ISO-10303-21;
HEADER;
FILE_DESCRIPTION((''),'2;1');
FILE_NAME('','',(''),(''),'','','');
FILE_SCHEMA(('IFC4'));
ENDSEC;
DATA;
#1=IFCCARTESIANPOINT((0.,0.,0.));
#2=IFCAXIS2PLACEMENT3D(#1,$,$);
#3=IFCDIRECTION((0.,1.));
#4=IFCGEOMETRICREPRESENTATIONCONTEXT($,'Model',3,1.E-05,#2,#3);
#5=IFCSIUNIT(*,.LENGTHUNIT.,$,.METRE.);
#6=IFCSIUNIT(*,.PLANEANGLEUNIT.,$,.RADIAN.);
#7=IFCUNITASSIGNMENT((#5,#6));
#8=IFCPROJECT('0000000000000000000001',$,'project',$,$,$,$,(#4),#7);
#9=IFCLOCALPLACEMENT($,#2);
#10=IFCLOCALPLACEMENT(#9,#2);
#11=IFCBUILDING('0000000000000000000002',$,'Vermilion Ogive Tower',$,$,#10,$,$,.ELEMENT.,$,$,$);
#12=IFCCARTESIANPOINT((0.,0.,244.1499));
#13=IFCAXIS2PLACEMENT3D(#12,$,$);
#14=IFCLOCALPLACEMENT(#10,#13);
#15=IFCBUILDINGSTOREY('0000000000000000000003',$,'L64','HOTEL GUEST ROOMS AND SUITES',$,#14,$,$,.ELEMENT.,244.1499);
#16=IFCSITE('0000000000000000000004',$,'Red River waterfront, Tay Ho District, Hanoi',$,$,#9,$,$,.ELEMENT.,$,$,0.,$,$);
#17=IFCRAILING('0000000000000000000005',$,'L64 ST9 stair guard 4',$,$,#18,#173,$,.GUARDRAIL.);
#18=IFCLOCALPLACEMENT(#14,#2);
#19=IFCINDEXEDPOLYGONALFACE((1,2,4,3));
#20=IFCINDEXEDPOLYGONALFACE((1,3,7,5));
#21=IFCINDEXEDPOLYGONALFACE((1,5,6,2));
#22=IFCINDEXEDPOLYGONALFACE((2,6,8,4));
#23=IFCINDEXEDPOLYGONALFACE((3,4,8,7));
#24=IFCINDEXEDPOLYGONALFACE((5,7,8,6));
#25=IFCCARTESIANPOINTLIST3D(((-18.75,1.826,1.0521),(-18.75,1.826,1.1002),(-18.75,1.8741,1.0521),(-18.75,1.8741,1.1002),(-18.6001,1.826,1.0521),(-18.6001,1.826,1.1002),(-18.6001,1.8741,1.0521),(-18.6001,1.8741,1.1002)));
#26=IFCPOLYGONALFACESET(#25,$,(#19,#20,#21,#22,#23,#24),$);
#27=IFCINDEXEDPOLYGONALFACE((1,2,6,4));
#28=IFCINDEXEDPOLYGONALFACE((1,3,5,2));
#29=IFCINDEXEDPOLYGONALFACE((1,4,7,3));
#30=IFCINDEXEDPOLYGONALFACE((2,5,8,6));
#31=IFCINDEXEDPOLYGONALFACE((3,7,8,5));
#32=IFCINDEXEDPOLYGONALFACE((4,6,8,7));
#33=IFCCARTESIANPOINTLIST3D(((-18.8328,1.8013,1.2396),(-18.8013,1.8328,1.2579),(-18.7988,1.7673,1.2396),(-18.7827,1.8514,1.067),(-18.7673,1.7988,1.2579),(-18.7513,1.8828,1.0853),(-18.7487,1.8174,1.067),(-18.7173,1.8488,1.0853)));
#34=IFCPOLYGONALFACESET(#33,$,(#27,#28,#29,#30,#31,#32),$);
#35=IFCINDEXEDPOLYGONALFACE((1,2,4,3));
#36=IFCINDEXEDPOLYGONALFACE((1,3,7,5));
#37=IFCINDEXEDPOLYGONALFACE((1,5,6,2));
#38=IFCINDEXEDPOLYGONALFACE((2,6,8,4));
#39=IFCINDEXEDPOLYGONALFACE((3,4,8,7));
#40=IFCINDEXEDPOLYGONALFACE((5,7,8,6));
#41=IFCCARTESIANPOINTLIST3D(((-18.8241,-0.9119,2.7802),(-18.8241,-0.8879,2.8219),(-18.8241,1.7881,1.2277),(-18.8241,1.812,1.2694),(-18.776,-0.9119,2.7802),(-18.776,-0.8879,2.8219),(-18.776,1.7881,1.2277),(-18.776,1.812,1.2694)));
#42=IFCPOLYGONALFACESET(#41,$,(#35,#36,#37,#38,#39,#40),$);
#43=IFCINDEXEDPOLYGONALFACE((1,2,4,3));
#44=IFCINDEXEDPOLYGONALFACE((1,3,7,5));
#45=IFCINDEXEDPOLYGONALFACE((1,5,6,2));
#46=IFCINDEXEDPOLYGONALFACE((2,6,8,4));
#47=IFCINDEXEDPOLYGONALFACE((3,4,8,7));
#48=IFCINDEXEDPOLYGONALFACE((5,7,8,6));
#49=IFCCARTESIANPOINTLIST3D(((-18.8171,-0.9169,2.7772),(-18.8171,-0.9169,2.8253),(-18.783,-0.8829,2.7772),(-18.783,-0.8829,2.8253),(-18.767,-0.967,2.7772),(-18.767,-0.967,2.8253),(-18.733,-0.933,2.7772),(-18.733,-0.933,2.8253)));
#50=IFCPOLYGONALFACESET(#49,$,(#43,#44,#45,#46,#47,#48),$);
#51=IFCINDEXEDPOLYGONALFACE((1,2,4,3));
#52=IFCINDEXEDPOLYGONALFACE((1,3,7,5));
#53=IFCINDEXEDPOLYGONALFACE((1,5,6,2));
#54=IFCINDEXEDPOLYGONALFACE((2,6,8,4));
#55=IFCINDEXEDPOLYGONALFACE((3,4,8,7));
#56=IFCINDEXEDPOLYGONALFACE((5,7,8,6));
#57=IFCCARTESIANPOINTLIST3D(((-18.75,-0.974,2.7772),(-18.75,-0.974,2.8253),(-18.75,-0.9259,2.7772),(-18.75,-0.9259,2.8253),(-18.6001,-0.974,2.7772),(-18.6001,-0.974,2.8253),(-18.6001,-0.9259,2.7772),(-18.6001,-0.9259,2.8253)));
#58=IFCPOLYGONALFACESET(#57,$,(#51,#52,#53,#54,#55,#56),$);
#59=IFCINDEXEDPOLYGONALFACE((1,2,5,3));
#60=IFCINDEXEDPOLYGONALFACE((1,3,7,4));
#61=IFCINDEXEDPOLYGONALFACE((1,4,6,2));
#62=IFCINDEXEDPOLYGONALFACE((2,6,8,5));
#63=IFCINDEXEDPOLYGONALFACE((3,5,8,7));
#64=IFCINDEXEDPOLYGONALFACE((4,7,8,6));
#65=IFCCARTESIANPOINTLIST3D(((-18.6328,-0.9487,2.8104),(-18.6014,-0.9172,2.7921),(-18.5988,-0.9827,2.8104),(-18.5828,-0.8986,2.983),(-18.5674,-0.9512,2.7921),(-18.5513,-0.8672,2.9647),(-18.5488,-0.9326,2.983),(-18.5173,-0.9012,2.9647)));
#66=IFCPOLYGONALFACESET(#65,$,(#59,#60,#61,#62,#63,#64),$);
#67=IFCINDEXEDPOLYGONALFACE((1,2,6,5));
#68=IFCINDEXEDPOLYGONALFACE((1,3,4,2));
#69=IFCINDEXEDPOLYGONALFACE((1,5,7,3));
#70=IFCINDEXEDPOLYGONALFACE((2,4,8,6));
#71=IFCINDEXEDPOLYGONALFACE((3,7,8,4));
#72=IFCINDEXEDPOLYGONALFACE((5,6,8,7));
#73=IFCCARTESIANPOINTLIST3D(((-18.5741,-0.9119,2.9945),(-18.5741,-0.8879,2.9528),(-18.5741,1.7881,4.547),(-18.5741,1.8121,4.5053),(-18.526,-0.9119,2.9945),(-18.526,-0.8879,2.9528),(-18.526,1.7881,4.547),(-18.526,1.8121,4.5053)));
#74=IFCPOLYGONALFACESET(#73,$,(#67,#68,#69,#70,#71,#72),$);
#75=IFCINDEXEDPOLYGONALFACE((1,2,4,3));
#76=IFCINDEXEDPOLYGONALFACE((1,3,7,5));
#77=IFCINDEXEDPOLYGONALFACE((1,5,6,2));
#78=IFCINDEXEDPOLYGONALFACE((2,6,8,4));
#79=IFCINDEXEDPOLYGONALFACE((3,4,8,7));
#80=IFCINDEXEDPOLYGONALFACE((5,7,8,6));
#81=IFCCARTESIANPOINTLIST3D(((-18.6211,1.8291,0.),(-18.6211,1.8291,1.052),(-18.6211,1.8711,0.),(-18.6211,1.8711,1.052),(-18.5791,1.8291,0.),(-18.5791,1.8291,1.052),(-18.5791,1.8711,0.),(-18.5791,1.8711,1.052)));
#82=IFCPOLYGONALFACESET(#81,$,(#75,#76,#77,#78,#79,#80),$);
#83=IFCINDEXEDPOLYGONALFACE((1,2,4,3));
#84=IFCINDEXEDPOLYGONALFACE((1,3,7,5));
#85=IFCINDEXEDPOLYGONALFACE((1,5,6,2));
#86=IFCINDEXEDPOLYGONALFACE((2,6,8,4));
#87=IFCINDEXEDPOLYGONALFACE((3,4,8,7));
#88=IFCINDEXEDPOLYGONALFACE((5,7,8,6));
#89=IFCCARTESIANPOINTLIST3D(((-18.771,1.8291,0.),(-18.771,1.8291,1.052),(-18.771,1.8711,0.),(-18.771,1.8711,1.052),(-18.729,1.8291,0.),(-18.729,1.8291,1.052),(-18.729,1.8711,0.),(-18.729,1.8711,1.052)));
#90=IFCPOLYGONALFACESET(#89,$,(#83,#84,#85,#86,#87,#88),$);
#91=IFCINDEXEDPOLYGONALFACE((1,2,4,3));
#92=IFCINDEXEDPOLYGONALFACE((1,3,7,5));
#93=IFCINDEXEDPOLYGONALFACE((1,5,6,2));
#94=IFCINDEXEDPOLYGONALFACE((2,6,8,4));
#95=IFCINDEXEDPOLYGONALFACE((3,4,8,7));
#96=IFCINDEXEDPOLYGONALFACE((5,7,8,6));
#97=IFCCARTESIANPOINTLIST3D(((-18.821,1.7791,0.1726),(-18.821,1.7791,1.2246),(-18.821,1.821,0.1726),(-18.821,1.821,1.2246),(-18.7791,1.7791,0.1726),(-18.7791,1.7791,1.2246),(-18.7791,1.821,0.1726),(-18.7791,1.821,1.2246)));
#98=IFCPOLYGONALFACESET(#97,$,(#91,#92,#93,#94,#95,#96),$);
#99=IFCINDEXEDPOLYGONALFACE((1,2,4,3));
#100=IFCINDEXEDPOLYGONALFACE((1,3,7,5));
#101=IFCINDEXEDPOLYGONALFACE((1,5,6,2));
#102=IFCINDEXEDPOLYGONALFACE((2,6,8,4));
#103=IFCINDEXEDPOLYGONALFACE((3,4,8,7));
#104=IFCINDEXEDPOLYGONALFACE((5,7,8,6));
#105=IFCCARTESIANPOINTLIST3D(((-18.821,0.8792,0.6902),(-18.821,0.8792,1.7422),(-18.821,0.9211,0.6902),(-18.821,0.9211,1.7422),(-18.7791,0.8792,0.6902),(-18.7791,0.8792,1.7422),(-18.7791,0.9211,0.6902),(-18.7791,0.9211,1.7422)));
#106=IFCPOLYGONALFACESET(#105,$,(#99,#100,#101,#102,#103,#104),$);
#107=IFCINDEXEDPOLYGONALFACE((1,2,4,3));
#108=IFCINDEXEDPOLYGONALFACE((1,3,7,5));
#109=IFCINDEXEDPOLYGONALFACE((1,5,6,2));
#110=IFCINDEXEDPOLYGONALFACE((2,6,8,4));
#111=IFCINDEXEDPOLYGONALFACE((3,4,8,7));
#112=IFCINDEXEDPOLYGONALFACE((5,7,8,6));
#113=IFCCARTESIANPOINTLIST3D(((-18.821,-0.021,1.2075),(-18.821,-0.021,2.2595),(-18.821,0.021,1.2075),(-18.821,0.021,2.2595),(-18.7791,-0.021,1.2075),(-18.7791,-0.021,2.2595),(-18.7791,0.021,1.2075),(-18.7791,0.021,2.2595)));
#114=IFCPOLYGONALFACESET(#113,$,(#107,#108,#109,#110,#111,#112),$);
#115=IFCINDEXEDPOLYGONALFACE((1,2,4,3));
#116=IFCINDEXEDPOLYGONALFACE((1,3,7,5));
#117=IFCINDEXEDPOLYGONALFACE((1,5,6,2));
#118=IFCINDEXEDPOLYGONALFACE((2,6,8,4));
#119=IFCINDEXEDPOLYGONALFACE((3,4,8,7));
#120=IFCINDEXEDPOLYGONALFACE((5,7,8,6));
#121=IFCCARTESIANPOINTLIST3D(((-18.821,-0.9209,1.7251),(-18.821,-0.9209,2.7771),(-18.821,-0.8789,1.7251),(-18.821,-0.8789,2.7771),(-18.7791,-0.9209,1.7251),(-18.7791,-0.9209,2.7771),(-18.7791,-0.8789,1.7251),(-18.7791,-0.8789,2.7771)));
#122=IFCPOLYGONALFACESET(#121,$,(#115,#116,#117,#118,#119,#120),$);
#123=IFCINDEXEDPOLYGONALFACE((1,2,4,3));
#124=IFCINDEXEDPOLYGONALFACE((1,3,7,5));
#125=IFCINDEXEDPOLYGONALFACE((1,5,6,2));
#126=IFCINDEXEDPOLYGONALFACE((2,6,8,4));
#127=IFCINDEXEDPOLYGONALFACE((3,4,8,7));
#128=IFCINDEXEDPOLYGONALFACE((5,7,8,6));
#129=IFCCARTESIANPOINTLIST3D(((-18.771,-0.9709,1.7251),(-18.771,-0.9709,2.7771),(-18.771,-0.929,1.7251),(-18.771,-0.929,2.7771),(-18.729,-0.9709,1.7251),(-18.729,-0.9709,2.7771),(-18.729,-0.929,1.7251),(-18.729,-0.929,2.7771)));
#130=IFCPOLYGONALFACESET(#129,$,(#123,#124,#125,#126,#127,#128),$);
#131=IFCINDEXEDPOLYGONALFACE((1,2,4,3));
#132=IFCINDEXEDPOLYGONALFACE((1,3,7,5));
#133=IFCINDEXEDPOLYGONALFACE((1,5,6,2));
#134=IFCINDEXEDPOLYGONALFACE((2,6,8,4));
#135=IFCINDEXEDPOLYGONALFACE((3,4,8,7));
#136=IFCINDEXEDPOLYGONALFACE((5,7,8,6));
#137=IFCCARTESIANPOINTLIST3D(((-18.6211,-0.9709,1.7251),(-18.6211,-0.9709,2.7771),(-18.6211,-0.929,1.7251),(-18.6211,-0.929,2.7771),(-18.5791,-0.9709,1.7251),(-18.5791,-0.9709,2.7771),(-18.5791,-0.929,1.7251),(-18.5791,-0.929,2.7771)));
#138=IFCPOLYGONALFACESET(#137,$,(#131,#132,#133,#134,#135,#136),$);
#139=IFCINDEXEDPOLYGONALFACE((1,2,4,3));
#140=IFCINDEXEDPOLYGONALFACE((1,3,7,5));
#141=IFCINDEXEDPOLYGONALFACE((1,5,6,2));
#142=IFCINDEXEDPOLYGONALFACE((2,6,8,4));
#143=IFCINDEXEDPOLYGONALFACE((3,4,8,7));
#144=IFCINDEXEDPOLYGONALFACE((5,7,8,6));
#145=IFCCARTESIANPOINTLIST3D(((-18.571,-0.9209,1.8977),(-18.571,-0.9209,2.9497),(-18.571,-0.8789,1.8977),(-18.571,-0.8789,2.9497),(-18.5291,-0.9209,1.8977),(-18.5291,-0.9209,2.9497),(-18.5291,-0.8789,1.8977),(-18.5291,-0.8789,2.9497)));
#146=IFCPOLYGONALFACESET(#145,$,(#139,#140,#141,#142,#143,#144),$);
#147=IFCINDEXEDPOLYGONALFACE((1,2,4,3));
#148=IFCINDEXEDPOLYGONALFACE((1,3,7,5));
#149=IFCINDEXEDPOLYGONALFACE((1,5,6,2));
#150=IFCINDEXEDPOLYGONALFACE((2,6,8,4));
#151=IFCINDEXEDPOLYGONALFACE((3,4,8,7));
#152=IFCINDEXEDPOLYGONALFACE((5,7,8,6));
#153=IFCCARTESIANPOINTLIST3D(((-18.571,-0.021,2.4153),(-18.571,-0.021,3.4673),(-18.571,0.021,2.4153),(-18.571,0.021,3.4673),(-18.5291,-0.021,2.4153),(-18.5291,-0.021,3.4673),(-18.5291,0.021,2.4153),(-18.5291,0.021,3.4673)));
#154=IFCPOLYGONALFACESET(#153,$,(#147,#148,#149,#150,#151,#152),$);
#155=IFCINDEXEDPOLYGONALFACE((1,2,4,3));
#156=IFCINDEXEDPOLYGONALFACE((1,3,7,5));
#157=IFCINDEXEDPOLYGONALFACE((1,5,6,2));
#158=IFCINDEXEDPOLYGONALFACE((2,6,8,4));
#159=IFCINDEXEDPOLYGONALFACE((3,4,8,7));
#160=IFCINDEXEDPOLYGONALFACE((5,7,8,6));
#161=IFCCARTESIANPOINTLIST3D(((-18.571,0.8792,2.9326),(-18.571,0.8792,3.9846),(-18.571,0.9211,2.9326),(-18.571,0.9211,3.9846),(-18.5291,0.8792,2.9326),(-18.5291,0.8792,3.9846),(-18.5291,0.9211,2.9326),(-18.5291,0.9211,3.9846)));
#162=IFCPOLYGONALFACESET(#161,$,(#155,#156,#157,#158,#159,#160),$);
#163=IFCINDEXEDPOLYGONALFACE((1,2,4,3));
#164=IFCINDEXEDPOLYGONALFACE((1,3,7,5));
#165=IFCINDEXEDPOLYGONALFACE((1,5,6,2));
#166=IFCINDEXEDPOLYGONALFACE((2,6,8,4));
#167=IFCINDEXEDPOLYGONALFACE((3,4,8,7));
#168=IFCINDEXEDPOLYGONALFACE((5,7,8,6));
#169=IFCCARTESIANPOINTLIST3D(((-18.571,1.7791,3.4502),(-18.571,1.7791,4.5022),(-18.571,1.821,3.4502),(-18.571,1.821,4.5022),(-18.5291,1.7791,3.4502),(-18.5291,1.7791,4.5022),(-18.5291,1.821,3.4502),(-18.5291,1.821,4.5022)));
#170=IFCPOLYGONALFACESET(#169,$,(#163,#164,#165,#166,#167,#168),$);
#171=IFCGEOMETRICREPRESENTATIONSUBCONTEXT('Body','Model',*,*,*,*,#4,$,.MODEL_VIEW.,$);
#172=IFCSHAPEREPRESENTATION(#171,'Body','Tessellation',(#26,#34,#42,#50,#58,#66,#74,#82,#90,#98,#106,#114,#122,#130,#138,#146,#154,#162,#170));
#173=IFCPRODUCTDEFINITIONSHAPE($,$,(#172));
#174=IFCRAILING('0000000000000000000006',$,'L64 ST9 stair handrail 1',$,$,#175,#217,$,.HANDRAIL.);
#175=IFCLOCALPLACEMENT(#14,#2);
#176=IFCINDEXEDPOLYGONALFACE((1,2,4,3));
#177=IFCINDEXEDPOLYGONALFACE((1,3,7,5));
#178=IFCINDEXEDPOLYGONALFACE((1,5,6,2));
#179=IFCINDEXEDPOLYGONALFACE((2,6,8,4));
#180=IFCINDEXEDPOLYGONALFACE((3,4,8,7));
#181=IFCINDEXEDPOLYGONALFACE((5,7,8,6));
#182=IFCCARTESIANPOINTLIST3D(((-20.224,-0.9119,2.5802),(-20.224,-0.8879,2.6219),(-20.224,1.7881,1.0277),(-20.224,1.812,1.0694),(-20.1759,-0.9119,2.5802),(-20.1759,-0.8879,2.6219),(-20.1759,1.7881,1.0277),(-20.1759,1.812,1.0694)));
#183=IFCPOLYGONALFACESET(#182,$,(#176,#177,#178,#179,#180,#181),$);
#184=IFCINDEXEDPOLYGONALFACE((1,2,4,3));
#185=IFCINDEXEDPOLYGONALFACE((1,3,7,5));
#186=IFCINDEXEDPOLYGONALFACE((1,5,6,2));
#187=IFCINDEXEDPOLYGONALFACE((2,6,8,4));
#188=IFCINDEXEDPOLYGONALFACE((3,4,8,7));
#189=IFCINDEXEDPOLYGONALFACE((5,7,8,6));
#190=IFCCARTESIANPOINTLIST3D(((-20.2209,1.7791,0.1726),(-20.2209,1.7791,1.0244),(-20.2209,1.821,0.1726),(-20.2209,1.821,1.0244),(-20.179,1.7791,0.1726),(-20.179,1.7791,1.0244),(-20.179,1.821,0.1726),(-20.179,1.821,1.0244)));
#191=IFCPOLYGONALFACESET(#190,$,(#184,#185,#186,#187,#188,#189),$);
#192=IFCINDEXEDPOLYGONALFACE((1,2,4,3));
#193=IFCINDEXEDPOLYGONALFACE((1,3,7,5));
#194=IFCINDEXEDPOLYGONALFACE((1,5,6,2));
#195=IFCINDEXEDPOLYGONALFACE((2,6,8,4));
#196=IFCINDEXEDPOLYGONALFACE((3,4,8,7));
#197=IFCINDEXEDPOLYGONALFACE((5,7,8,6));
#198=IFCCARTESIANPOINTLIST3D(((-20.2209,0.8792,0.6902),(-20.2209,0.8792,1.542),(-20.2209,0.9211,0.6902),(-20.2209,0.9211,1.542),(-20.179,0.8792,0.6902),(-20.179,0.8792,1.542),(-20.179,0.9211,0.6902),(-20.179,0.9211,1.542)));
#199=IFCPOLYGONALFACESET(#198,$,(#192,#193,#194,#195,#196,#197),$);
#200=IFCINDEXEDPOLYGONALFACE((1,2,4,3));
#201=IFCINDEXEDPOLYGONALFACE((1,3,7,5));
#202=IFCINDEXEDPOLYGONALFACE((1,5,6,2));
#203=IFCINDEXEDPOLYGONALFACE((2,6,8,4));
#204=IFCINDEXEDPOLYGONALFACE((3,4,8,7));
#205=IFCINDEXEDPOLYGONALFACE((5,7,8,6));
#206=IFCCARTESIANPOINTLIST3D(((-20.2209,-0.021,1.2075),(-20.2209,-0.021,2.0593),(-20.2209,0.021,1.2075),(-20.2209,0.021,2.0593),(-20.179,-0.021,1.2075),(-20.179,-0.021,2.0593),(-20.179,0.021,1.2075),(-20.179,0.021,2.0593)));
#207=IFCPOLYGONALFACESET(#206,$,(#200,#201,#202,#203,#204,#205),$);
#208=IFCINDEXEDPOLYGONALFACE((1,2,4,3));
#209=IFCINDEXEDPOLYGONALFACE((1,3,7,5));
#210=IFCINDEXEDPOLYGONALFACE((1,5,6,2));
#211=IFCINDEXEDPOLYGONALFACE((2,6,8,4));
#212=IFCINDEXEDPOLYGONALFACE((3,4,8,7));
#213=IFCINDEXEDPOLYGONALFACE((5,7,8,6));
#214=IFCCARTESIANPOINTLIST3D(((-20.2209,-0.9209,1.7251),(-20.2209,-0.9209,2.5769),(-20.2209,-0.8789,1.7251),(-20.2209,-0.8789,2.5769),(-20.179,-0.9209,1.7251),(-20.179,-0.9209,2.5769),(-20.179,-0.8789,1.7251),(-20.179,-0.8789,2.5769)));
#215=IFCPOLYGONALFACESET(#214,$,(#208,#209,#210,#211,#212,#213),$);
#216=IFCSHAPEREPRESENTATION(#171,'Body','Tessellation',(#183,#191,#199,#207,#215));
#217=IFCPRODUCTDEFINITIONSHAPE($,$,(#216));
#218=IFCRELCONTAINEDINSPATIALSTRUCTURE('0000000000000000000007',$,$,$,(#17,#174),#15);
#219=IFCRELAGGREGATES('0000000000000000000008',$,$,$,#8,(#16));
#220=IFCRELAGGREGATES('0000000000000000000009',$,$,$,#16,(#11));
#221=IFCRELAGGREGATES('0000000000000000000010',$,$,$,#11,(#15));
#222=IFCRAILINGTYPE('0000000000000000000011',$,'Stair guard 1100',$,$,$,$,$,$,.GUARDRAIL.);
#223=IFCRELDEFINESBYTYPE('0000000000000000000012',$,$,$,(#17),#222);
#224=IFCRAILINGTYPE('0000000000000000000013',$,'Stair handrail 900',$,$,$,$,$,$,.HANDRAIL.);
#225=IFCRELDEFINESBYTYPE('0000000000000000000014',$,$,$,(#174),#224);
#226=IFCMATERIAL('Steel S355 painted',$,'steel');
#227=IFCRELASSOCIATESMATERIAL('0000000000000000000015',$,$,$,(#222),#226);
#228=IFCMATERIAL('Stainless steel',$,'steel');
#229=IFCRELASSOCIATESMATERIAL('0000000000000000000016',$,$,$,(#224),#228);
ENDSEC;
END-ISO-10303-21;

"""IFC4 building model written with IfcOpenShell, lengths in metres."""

from ifc_helpers import new_model, si_unit, direction, frame, origin, origin_2d, place, context, subcontext, project, spatial, rectangle, extrude, material, type_object, element, save


model = new_model("IFC4")

# Units and contexts
model_context = context("Model", 3, precision=1e-05, world=origin(), true_north=direction((0.0, 1.0)))
body_context = subcontext(model_context, "Body", "Model", "MODEL_VIEW")
ifc_project = project(units=[si_unit("LENGTHUNIT", "METRE"), si_unit("PLANEANGLEUNIT", "RADIAN")], contexts=[model_context])

# Site, building, storey
site_placement = place(None, origin())
site = spatial("IfcSite", under=ifc_project, at=site_placement, Name="Red River waterfront, Tay Ho District, Hanoi", CompositionType="ELEMENT", RefElevation=0.0)
building_placement = place(site_placement, origin())
building = spatial("IfcBuilding", under=site, at=building_placement, Name="Vermilion Ogive Tower", CompositionType="ELEMENT")
storey_placement = place(building_placement, frame((0.0, 0.0, 244.1499)))
storey = spatial("IfcBuildingStorey", under=building, at=storey_placement, Name="L64", Description="HOTEL GUEST ROOMS AND SUITES", CompositionType="ELEMENT", Elevation=244.1499)

# Railings
ifc_material_1 = material(Name="Steel S355 painted", Category="steel")
railing_type_1 = type_object("IfcRailingType", Name="Stair guard 1100", PredefinedType="GUARDRAIL", material=ifc_material_1)
railing_1_placement = place(storey_placement, frame((-18.6001, 1.8501, 0.0)))
element("IfcRailing", 1, at=railing_1_placement, inside=storey, type_object=railing_type_1, Name="L64 ST9 stair guard 4", PredefinedType="GUARDRAIL", context=body_context, shape_type="SweptSolid", body=[
    extrude(rectangle(XDim=0.0481, YDim=0.0481, at=origin_2d()), frame((0.0, 0.0, 1.0762), z_axis=(-1.0, 0.0, 0.0), x_axis=(0.0, -1.0, 0.0)), (0.0, 0.0, 1.0), 0.1499),
    extrude(rectangle(XDim=0.0481, YDim=0.0481, at=origin_2d()), frame((-0.1499, 0.0, 1.0762), z_axis=(-0.268278, -0.268278, 0.925232), x_axis=(0.707107, -0.707107, 0.0)), (0.0, 0.0, 1.0), 0.1865),
    extrude(rectangle(XDim=0.0481, YDim=0.0481, at=origin_2d()), frame((-0.2, -0.05, 1.2485), z_axis=(0.0, -0.866904, 0.498476), x_axis=(1.0, 0.0, 0.0)), (0.0, 0.0, 1.0), 3.1145),
    extrude(rectangle(XDim=0.0481, YDim=0.0481, at=origin_2d()), frame((-0.2, -2.75, 2.8013), z_axis=(0.707107, -0.707107, 0.0), x_axis=(0.707107, 0.707107, 0.0)), (0.0, 0.0, 1.0), 0.0708),
    extrude(rectangle(XDim=0.0481, YDim=0.0481, at=origin_2d()), frame((-0.1499, -2.8, 2.8013), z_axis=(1.0, 0.0, 0.0), x_axis=(0.0, 1.0, 0.0)), (0.0, 0.0, 1.0), 0.1499),
    extrude(rectangle(XDim=0.0481, YDim=0.0481, at=origin_2d()), frame((0.0, -2.8, 2.8013), z_axis=(0.268278, 0.268278, 0.925232), x_axis=(-0.707107, 0.707107, 0.0)), (0.0, 0.0, 1.0), 0.1865),
    extrude(rectangle(XDim=0.0481, YDim=0.0481, at=origin_2d()), frame((0.05, -2.75, 2.9736), z_axis=(0.0, 0.866904, 0.498476), x_axis=(-1.0, 0.0, 0.0)), (0.0, 0.0, 1.0), 3.1145),
    extrude(rectangle(XDim=0.042, YDim=0.042, at=origin_2d()), origin(), (0.0, 0.0, 1.0), 1.052),
    extrude(rectangle(XDim=0.042, YDim=0.042, at=origin_2d()), frame((-0.1499, 0.0, 0.0)), (0.0, 0.0, 1.0), 1.052),
    extrude(rectangle(XDim=0.042, YDim=0.042, at=origin_2d()), frame((-0.2, -0.05, 0.1726)), (0.0, 0.0, 1.0), 1.052),
    extrude(rectangle(XDim=0.042, YDim=0.042, at=origin_2d()), frame((-0.2, -0.95, 0.6902)), (0.0, 0.0, 1.0), 1.052),
    extrude(rectangle(XDim=0.042, YDim=0.042, at=origin_2d()), frame((-0.2, -1.8501, 1.2075)), (0.0, 0.0, 1.0), 1.052),
    extrude(rectangle(XDim=0.042, YDim=0.042, at=origin_2d()), frame((-0.2, -2.75, 1.7251)), (0.0, 0.0, 1.0), 1.052),
    extrude(rectangle(XDim=0.042, YDim=0.042, at=origin_2d()), frame((-0.1499, -2.8, 1.7251)), (0.0, 0.0, 1.0), 1.052),
    extrude(rectangle(XDim=0.042, YDim=0.042, at=origin_2d()), frame((0.0, -2.8, 1.7251)), (0.0, 0.0, 1.0), 1.052),
    extrude(rectangle(XDim=0.042, YDim=0.042, at=origin_2d()), frame((0.05, -2.75, 1.8977)), (0.0, 0.0, 1.0), 1.052),
    extrude(rectangle(XDim=0.042, YDim=0.042, at=origin_2d()), frame((0.05, -1.8501, 2.4153)), (0.0, 0.0, 1.0), 1.052),
    extrude(rectangle(XDim=0.042, YDim=0.042, at=origin_2d()), frame((0.05, -0.95, 2.9326)), (0.0, 0.0, 1.0), 1.052),
    extrude(rectangle(XDim=0.042, YDim=0.042, at=origin_2d()), frame((0.05, -0.05, 3.4502)), (0.0, 0.0, 1.0), 1.052),
])
ifc_material_2 = material(Name="Stainless steel", Category="steel")
railing_type_2 = type_object("IfcRailingType", Name="Stair handrail 900", PredefinedType="HANDRAIL", material=ifc_material_2)
railing_2_placement = place(storey_placement, frame((-20.2, 1.8, 0.1726)))
element("IfcRailing", 2, at=railing_2_placement, inside=storey, type_object=railing_type_2, Name="L64 ST9 stair handrail 1", PredefinedType="HANDRAIL", context=body_context, shape_type="SweptSolid", body=[
    extrude(rectangle(XDim=0.0481, YDim=0.0481, at=origin_2d()), frame((0.0, 0.0, 0.876), z_axis=(0.0, -0.866904, 0.498476), x_axis=(1.0, 0.0, 0.0)), (0.0, 0.0, 1.0), 3.1145),
    extrude(rectangle(XDim=0.042, YDim=0.042, at=origin_2d()), origin(), (0.0, 0.0, 1.0), 0.8518),
    extrude(rectangle(XDim=0.042, YDim=0.042, at=origin_2d()), frame((0.0, -0.8999, 0.5176)), (0.0, 0.0, 1.0), 0.8518),
    extrude(rectangle(XDim=0.042, YDim=0.042, at=origin_2d()), frame((0.0, -1.8, 1.0349)), (0.0, 0.0, 1.0), 0.8518),
    extrude(rectangle(XDim=0.042, YDim=0.042, at=origin_2d()), frame((0.0, -2.7, 1.5525)), (0.0, 0.0, 1.0), 0.8518),
])

save(model, "model.ifc")
